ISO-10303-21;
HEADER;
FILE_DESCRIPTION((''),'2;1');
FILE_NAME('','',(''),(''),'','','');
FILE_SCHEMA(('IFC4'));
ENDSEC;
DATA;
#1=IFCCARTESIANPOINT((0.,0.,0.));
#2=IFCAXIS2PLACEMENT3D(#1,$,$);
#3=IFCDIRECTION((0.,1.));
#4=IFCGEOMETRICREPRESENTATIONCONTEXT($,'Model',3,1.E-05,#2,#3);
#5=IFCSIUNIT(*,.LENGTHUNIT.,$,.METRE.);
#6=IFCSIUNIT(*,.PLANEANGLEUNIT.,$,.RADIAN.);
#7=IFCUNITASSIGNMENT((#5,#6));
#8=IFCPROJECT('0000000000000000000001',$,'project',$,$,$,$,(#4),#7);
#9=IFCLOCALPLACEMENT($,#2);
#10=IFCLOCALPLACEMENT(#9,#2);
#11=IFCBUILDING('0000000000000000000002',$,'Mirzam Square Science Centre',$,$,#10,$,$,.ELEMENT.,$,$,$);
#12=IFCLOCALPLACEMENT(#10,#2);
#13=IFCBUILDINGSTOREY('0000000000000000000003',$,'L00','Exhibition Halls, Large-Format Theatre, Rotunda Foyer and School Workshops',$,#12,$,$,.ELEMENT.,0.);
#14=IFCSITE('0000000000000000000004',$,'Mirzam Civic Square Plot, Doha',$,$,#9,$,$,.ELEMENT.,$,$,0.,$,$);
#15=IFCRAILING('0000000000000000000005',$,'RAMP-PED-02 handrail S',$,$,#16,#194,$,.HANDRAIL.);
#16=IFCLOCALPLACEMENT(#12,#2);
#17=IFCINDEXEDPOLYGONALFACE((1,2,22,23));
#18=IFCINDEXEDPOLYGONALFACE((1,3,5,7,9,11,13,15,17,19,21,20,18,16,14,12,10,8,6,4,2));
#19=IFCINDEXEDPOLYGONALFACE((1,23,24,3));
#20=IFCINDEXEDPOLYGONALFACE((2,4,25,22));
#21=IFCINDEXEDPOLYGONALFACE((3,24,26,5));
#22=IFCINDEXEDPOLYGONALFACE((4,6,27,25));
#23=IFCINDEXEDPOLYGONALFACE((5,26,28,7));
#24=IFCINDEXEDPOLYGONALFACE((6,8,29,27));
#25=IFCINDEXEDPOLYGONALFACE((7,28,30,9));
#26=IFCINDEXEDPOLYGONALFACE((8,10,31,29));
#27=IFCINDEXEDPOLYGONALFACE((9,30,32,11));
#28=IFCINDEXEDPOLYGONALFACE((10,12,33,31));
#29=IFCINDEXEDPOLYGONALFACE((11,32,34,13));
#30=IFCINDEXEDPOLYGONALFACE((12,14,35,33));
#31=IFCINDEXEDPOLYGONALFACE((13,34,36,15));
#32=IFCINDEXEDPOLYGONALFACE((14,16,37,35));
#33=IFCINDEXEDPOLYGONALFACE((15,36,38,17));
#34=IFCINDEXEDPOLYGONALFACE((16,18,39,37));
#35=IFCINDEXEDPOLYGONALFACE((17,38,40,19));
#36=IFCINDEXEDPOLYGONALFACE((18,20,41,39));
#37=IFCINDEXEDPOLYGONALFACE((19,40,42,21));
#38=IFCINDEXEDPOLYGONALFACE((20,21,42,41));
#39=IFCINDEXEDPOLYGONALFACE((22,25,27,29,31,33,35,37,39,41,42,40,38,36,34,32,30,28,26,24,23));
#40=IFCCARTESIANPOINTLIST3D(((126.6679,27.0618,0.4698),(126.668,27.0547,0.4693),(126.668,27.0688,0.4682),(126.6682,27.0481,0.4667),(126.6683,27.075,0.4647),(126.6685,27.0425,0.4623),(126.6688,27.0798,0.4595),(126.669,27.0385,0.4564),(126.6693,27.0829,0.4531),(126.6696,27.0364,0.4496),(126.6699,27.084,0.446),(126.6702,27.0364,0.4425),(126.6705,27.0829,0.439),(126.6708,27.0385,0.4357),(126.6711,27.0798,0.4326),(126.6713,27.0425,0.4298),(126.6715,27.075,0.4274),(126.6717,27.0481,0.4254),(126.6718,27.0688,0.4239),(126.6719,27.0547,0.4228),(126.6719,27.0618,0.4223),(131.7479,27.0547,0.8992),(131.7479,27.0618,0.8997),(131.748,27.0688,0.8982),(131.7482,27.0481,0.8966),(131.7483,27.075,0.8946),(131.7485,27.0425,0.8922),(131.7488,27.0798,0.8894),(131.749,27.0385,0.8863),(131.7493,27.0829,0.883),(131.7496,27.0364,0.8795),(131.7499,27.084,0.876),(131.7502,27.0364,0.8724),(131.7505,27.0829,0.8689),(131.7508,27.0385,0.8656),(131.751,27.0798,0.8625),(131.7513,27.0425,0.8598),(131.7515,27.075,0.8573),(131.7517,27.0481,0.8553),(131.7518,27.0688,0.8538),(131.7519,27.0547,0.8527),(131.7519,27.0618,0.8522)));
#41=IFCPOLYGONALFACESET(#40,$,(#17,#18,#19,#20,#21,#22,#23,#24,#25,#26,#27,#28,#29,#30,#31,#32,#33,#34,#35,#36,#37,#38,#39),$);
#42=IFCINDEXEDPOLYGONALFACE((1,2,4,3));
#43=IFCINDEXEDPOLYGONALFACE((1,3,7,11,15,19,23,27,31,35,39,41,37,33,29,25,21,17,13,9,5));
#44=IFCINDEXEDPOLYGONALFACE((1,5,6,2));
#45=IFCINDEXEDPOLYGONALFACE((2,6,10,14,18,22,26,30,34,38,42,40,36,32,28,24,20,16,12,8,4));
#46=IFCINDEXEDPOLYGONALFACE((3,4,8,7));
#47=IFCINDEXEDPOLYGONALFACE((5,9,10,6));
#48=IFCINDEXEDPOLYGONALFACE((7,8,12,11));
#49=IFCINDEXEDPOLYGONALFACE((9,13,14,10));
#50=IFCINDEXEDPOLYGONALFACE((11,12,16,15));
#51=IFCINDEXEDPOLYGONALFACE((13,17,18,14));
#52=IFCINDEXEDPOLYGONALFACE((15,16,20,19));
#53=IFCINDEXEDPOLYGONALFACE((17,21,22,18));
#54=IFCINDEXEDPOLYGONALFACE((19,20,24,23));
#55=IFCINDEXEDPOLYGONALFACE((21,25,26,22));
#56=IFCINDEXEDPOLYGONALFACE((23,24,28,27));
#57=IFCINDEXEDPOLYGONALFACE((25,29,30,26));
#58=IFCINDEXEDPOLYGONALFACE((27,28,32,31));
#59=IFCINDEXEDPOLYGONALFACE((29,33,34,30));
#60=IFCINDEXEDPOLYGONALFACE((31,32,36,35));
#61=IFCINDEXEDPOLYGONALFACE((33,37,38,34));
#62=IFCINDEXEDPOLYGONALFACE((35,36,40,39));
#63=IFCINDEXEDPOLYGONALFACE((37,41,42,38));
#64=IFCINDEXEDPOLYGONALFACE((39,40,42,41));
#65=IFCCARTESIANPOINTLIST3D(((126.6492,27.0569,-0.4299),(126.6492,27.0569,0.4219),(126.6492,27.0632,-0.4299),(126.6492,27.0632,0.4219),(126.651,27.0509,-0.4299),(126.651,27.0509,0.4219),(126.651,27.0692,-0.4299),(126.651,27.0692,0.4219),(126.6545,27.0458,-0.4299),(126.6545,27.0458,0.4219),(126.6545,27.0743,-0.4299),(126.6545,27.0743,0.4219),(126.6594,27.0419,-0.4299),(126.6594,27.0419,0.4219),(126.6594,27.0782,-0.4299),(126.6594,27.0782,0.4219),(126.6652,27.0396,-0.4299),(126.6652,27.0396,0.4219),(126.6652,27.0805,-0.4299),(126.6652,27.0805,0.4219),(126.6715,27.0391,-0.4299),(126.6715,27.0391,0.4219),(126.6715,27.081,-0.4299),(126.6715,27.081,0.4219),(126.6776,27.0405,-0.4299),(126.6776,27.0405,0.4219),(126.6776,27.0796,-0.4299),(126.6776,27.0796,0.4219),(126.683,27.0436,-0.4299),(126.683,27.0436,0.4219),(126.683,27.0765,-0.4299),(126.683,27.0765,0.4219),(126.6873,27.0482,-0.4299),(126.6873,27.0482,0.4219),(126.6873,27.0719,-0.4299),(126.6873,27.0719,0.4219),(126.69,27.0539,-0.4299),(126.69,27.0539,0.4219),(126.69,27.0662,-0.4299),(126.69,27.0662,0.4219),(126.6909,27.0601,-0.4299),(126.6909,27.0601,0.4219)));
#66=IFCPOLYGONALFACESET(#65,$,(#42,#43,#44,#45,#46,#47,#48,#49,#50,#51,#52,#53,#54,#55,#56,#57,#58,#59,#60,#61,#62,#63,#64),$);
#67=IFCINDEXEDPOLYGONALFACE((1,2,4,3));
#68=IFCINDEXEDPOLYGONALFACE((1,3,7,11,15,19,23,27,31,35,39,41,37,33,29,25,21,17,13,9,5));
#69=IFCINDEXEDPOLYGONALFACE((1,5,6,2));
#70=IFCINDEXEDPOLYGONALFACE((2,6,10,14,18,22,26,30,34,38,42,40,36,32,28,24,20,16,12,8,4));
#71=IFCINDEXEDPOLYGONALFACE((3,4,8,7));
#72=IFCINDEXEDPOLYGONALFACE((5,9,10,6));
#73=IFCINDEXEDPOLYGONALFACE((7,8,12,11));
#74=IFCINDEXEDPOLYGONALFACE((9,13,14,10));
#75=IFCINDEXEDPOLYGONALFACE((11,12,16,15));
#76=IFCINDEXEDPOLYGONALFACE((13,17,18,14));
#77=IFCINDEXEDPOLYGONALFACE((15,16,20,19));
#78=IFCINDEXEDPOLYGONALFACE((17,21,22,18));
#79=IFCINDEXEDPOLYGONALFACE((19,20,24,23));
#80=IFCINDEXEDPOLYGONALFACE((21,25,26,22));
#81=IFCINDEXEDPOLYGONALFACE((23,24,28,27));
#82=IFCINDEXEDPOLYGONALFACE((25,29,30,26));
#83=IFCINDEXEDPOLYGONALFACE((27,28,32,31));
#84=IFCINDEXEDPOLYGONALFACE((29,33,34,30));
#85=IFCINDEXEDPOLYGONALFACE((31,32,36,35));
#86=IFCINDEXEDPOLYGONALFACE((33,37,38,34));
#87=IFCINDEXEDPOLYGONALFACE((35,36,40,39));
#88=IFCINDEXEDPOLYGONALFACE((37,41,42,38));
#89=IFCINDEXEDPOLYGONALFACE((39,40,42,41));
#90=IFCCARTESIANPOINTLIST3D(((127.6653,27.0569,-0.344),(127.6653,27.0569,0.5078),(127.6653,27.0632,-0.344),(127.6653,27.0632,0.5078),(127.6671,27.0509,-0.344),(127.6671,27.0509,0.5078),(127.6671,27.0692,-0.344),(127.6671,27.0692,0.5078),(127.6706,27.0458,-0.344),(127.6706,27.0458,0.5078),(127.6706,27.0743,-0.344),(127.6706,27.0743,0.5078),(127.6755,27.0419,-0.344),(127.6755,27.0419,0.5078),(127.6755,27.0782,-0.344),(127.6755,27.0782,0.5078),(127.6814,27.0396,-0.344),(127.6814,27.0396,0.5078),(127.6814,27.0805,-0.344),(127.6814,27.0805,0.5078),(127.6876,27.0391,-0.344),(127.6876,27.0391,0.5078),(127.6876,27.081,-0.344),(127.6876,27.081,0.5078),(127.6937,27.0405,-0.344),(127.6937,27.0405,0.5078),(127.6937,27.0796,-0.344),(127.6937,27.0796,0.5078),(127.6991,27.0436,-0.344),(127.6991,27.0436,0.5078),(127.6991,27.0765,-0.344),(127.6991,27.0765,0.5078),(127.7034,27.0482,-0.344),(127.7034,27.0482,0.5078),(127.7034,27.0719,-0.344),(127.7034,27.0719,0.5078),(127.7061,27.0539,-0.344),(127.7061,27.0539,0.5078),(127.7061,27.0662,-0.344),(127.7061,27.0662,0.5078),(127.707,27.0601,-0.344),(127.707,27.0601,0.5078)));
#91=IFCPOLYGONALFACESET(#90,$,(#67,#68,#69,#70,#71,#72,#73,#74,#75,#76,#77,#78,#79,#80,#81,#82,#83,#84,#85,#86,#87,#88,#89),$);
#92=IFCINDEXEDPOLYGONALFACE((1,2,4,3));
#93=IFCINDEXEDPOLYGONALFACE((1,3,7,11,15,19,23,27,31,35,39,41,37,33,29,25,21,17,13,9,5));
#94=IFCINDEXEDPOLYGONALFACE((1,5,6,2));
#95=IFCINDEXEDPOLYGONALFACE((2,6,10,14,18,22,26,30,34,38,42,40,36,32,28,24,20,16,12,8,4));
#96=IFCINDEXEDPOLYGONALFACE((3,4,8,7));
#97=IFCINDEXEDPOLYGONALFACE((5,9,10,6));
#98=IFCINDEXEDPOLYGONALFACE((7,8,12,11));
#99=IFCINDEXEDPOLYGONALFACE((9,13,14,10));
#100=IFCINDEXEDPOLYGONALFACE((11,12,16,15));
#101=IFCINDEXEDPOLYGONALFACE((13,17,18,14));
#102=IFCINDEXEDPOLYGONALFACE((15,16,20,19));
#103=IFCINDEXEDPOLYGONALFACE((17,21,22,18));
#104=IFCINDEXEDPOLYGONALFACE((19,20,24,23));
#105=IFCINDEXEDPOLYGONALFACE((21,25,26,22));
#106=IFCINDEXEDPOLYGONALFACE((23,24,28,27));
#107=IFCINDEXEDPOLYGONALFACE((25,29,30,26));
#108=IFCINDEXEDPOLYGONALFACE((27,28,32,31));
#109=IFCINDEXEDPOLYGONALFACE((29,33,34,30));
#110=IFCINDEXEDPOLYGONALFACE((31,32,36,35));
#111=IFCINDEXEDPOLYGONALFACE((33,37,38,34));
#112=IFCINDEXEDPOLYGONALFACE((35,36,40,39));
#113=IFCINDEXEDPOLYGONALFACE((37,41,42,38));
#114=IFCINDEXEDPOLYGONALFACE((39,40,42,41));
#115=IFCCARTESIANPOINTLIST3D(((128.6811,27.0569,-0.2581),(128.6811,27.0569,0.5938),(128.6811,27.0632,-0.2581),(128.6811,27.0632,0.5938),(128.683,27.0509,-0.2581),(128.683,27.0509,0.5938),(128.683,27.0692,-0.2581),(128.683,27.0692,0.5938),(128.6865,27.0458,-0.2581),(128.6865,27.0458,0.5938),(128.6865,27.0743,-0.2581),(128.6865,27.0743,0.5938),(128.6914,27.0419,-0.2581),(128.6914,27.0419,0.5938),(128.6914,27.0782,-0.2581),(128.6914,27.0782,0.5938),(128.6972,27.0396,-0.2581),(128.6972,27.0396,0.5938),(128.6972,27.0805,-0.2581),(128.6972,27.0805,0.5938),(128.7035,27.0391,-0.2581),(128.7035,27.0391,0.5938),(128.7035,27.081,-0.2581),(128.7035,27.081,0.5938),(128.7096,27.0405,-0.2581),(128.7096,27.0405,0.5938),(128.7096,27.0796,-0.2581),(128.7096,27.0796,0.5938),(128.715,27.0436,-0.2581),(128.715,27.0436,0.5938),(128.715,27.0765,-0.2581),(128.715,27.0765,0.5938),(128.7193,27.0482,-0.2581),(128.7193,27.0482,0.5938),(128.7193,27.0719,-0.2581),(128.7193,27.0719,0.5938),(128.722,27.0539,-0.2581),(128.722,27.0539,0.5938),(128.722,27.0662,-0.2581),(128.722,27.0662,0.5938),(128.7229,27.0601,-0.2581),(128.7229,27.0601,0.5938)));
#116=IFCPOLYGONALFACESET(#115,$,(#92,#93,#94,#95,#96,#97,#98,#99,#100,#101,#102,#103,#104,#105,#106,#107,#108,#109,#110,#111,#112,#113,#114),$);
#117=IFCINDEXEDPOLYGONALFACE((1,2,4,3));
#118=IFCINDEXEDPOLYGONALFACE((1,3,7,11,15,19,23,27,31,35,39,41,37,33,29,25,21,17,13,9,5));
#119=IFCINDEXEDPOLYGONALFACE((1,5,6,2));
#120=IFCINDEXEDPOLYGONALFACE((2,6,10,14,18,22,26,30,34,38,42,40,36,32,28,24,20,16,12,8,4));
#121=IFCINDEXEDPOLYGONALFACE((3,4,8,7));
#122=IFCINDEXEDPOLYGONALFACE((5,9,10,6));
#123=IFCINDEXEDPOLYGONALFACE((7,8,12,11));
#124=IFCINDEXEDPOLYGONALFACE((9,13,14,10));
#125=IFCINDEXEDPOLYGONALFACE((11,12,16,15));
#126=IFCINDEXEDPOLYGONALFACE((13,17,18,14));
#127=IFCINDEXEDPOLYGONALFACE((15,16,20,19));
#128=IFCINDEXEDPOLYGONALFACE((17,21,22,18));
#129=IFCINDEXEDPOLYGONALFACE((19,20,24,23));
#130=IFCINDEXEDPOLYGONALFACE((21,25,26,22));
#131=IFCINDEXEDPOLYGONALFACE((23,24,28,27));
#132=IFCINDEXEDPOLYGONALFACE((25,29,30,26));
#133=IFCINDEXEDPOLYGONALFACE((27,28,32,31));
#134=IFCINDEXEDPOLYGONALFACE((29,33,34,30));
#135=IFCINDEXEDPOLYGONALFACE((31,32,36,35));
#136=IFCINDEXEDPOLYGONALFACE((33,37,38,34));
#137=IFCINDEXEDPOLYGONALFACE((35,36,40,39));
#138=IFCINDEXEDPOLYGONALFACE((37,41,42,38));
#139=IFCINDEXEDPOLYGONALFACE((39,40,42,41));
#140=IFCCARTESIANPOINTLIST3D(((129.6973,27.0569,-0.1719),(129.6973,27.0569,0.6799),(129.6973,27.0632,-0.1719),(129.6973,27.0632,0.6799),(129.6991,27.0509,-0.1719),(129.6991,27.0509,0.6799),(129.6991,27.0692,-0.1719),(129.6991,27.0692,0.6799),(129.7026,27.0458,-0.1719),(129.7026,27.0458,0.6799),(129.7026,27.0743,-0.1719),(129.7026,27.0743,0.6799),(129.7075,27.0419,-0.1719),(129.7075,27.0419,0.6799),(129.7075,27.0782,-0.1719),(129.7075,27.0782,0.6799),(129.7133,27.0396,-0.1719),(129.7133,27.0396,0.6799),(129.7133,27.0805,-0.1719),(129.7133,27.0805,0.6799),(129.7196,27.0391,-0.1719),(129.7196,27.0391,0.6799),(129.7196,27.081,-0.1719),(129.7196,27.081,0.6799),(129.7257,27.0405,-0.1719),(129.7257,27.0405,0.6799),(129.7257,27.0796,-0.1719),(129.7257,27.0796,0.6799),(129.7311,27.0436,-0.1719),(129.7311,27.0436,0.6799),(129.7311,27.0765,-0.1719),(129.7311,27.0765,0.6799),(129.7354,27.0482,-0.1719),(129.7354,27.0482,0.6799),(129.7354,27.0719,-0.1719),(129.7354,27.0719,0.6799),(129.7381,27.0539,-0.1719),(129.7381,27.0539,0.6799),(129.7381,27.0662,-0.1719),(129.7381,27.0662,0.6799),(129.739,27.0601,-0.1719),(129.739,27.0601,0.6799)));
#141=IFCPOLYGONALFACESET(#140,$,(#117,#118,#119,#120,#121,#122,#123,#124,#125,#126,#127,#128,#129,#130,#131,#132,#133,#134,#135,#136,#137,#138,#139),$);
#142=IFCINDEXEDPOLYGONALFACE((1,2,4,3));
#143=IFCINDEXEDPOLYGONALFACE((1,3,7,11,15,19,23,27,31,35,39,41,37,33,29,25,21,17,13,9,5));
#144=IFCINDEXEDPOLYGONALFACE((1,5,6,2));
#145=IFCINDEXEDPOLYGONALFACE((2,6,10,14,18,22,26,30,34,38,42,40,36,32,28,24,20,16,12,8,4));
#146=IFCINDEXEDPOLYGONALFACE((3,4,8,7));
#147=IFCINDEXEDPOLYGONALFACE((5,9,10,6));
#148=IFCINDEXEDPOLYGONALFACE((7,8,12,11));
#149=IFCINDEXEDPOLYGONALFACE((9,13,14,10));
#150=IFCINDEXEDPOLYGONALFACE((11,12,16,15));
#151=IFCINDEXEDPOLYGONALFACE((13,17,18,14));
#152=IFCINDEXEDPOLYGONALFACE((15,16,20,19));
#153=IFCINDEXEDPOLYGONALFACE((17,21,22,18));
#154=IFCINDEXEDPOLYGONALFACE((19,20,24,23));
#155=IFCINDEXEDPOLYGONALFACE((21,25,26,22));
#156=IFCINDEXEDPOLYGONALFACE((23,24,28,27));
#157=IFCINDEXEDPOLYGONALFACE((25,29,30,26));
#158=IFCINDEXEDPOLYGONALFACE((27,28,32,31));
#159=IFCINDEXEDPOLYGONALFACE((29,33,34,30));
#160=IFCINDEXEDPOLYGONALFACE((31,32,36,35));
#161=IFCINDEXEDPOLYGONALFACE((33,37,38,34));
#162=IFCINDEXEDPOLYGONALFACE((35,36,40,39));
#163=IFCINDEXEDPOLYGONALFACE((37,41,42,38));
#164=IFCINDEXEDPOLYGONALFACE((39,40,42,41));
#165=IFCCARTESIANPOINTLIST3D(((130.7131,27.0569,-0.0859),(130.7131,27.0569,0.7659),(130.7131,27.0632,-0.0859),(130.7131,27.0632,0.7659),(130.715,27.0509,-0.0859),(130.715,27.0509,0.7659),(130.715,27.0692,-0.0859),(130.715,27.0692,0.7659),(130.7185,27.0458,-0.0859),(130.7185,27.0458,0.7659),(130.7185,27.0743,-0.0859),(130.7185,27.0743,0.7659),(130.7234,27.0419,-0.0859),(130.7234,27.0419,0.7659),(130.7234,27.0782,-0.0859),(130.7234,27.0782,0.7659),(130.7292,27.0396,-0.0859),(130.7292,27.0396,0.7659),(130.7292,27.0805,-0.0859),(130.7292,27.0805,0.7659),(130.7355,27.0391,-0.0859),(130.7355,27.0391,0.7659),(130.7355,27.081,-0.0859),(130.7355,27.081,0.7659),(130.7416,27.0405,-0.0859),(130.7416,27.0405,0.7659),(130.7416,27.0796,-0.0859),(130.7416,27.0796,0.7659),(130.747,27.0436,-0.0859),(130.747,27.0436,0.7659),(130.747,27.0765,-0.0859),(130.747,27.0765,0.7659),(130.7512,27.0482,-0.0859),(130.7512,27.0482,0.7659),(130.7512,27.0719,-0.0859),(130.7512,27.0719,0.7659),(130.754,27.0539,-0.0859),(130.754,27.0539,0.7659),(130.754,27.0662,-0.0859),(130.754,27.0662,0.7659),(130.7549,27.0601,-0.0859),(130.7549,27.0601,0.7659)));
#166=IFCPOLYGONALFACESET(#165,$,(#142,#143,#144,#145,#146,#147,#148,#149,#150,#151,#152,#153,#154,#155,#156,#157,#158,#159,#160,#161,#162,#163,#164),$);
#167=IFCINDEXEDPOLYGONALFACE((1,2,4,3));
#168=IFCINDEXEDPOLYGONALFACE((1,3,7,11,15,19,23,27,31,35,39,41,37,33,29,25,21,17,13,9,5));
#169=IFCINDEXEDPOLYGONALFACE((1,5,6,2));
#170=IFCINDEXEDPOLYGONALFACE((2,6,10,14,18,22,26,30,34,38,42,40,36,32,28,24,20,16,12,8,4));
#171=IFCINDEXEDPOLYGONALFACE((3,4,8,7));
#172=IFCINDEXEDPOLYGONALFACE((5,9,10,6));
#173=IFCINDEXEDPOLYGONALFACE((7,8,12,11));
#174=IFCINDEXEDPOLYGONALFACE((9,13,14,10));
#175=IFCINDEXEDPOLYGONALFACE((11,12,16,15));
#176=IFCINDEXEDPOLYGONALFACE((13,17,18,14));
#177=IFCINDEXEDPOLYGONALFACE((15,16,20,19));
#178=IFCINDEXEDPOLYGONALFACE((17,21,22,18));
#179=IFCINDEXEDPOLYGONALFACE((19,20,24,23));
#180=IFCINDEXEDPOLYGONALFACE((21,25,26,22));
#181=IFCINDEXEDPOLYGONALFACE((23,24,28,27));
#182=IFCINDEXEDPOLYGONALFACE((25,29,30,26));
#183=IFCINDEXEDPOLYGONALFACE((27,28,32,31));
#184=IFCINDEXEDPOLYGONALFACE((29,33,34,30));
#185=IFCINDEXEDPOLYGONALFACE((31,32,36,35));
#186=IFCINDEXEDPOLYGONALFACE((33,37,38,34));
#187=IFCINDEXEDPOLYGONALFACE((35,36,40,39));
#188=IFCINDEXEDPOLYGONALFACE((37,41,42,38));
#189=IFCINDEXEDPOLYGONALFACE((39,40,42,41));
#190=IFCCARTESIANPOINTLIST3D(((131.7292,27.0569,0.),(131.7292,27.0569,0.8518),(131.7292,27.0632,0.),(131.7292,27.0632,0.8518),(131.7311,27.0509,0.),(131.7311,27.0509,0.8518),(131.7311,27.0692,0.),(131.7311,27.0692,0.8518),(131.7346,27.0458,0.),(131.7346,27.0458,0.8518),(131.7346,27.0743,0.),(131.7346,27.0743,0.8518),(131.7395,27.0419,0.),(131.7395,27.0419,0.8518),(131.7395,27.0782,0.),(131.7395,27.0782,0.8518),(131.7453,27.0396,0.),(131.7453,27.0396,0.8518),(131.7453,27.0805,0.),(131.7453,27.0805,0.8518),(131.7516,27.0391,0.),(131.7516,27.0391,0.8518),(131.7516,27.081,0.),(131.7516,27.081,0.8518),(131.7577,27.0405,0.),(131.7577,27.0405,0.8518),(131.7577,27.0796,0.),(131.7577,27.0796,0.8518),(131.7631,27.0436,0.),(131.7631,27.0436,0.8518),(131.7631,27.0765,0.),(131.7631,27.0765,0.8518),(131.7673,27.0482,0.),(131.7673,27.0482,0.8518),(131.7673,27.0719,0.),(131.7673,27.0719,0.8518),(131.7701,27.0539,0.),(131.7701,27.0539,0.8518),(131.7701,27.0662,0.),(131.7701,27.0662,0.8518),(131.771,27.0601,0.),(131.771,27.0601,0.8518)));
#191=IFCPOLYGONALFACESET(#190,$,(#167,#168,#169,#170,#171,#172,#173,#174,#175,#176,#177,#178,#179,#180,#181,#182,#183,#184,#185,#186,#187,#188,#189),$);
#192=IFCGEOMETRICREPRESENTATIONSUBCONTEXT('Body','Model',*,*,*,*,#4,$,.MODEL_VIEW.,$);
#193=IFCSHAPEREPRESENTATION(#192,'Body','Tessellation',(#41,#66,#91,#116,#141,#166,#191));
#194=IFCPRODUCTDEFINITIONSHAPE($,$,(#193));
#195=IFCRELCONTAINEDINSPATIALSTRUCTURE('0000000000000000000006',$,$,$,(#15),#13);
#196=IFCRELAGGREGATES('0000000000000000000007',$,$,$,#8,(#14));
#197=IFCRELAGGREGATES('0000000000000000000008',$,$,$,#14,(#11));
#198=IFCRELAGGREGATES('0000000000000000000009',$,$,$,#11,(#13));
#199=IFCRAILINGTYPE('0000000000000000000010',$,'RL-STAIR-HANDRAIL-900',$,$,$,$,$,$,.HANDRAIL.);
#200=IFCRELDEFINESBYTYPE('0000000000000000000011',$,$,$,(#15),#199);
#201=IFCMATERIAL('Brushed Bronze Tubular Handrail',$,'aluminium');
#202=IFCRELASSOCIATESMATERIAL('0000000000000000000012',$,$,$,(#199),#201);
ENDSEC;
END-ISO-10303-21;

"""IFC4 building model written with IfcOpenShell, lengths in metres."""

from ifc_helpers import new_model, si_unit, direction, frame, origin, origin_2d, place, context, subcontext, project, spatial, circle, extrude, material, type_object, element, save


model = new_model("IFC4")

# Units and contexts
model_context = context("Model", 3, precision=1e-05, world=origin(), true_north=direction((0.0, 1.0)))
body_context = subcontext(model_context, "Body", "Model", "MODEL_VIEW")
ifc_project = project(units=[si_unit("LENGTHUNIT", "METRE"), si_unit("PLANEANGLEUNIT", "RADIAN")], contexts=[model_context])

# Site, building, storey
site_placement = place(None, origin())
site = spatial("IfcSite", under=ifc_project, at=site_placement, Name="Mirzam Civic Square Plot, Doha", CompositionType="ELEMENT", RefElevation=0.0)
building_placement = place(site_placement, origin())
building = spatial("IfcBuilding", under=site, at=building_placement, Name="Mirzam Square Science Centre", CompositionType="ELEMENT")
storey_placement = place(building_placement, origin())
storey = spatial("IfcBuildingStorey", under=building, at=storey_placement, Name="L00", Description="Exhibition Halls, Large-Format Theatre, Rotunda Foyer and School Workshops", CompositionType="ELEMENT", Elevation=0.0)

# Railing
ifc_material_1 = material(Name="Brushed Bronze Tubular Handrail", Category="aluminium")
railing_type = type_object("IfcRailingType", Name="RL-STAIR-HANDRAIL-900", PredefinedType="HANDRAIL", material=ifc_material_1)
for number, where, name in (
    (1, (126.6699, 27.0601, -0.4299), "RAMP-PED-02 handrail S"),
):
    element("IfcRailing", number, at=place(storey_placement, frame(where)), inside=storey, type_object=railing_type, Name=name, PredefinedType="HANDRAIL", context=body_context, shape_type="SweptSolid", body=[
        extrude(circle(Radius=0.0239, at=origin_2d()), frame((0.0, 0.0, 0.876), z_axis=(0.996438, 0.0, 0.084329), x_axis=(0.0, 1.0, 0.0)), (0.0, 0.0, 1.0), 5.0981),
        extrude(circle(Radius=0.021, at=origin_2d()), origin(), (0.0, 0.0, 1.0), 0.8518),
        extrude(circle(Radius=0.021, at=origin_2d()), frame((1.0161, 0.0, 0.0859)), (0.0, 0.0, 1.0), 0.8518),
        extrude(circle(Radius=0.021, at=origin_2d()), frame((2.032, 0.0, 0.1719)), (0.0, 0.0, 1.0), 0.8518),
        extrude(circle(Radius=0.021, at=origin_2d()), frame((3.0481, 0.0, 0.2581)), (0.0, 0.0, 1.0), 0.8518),
        extrude(circle(Radius=0.021, at=origin_2d()), frame((4.064, 0.0, 0.344)), (0.0, 0.0, 1.0), 0.8518),
        extrude(circle(Radius=0.021, at=origin_2d()), frame((5.0801, 0.0, 0.4299)), (0.0, 0.0, 1.0), 0.8518),
    ])

save(model, "model.ifc")
